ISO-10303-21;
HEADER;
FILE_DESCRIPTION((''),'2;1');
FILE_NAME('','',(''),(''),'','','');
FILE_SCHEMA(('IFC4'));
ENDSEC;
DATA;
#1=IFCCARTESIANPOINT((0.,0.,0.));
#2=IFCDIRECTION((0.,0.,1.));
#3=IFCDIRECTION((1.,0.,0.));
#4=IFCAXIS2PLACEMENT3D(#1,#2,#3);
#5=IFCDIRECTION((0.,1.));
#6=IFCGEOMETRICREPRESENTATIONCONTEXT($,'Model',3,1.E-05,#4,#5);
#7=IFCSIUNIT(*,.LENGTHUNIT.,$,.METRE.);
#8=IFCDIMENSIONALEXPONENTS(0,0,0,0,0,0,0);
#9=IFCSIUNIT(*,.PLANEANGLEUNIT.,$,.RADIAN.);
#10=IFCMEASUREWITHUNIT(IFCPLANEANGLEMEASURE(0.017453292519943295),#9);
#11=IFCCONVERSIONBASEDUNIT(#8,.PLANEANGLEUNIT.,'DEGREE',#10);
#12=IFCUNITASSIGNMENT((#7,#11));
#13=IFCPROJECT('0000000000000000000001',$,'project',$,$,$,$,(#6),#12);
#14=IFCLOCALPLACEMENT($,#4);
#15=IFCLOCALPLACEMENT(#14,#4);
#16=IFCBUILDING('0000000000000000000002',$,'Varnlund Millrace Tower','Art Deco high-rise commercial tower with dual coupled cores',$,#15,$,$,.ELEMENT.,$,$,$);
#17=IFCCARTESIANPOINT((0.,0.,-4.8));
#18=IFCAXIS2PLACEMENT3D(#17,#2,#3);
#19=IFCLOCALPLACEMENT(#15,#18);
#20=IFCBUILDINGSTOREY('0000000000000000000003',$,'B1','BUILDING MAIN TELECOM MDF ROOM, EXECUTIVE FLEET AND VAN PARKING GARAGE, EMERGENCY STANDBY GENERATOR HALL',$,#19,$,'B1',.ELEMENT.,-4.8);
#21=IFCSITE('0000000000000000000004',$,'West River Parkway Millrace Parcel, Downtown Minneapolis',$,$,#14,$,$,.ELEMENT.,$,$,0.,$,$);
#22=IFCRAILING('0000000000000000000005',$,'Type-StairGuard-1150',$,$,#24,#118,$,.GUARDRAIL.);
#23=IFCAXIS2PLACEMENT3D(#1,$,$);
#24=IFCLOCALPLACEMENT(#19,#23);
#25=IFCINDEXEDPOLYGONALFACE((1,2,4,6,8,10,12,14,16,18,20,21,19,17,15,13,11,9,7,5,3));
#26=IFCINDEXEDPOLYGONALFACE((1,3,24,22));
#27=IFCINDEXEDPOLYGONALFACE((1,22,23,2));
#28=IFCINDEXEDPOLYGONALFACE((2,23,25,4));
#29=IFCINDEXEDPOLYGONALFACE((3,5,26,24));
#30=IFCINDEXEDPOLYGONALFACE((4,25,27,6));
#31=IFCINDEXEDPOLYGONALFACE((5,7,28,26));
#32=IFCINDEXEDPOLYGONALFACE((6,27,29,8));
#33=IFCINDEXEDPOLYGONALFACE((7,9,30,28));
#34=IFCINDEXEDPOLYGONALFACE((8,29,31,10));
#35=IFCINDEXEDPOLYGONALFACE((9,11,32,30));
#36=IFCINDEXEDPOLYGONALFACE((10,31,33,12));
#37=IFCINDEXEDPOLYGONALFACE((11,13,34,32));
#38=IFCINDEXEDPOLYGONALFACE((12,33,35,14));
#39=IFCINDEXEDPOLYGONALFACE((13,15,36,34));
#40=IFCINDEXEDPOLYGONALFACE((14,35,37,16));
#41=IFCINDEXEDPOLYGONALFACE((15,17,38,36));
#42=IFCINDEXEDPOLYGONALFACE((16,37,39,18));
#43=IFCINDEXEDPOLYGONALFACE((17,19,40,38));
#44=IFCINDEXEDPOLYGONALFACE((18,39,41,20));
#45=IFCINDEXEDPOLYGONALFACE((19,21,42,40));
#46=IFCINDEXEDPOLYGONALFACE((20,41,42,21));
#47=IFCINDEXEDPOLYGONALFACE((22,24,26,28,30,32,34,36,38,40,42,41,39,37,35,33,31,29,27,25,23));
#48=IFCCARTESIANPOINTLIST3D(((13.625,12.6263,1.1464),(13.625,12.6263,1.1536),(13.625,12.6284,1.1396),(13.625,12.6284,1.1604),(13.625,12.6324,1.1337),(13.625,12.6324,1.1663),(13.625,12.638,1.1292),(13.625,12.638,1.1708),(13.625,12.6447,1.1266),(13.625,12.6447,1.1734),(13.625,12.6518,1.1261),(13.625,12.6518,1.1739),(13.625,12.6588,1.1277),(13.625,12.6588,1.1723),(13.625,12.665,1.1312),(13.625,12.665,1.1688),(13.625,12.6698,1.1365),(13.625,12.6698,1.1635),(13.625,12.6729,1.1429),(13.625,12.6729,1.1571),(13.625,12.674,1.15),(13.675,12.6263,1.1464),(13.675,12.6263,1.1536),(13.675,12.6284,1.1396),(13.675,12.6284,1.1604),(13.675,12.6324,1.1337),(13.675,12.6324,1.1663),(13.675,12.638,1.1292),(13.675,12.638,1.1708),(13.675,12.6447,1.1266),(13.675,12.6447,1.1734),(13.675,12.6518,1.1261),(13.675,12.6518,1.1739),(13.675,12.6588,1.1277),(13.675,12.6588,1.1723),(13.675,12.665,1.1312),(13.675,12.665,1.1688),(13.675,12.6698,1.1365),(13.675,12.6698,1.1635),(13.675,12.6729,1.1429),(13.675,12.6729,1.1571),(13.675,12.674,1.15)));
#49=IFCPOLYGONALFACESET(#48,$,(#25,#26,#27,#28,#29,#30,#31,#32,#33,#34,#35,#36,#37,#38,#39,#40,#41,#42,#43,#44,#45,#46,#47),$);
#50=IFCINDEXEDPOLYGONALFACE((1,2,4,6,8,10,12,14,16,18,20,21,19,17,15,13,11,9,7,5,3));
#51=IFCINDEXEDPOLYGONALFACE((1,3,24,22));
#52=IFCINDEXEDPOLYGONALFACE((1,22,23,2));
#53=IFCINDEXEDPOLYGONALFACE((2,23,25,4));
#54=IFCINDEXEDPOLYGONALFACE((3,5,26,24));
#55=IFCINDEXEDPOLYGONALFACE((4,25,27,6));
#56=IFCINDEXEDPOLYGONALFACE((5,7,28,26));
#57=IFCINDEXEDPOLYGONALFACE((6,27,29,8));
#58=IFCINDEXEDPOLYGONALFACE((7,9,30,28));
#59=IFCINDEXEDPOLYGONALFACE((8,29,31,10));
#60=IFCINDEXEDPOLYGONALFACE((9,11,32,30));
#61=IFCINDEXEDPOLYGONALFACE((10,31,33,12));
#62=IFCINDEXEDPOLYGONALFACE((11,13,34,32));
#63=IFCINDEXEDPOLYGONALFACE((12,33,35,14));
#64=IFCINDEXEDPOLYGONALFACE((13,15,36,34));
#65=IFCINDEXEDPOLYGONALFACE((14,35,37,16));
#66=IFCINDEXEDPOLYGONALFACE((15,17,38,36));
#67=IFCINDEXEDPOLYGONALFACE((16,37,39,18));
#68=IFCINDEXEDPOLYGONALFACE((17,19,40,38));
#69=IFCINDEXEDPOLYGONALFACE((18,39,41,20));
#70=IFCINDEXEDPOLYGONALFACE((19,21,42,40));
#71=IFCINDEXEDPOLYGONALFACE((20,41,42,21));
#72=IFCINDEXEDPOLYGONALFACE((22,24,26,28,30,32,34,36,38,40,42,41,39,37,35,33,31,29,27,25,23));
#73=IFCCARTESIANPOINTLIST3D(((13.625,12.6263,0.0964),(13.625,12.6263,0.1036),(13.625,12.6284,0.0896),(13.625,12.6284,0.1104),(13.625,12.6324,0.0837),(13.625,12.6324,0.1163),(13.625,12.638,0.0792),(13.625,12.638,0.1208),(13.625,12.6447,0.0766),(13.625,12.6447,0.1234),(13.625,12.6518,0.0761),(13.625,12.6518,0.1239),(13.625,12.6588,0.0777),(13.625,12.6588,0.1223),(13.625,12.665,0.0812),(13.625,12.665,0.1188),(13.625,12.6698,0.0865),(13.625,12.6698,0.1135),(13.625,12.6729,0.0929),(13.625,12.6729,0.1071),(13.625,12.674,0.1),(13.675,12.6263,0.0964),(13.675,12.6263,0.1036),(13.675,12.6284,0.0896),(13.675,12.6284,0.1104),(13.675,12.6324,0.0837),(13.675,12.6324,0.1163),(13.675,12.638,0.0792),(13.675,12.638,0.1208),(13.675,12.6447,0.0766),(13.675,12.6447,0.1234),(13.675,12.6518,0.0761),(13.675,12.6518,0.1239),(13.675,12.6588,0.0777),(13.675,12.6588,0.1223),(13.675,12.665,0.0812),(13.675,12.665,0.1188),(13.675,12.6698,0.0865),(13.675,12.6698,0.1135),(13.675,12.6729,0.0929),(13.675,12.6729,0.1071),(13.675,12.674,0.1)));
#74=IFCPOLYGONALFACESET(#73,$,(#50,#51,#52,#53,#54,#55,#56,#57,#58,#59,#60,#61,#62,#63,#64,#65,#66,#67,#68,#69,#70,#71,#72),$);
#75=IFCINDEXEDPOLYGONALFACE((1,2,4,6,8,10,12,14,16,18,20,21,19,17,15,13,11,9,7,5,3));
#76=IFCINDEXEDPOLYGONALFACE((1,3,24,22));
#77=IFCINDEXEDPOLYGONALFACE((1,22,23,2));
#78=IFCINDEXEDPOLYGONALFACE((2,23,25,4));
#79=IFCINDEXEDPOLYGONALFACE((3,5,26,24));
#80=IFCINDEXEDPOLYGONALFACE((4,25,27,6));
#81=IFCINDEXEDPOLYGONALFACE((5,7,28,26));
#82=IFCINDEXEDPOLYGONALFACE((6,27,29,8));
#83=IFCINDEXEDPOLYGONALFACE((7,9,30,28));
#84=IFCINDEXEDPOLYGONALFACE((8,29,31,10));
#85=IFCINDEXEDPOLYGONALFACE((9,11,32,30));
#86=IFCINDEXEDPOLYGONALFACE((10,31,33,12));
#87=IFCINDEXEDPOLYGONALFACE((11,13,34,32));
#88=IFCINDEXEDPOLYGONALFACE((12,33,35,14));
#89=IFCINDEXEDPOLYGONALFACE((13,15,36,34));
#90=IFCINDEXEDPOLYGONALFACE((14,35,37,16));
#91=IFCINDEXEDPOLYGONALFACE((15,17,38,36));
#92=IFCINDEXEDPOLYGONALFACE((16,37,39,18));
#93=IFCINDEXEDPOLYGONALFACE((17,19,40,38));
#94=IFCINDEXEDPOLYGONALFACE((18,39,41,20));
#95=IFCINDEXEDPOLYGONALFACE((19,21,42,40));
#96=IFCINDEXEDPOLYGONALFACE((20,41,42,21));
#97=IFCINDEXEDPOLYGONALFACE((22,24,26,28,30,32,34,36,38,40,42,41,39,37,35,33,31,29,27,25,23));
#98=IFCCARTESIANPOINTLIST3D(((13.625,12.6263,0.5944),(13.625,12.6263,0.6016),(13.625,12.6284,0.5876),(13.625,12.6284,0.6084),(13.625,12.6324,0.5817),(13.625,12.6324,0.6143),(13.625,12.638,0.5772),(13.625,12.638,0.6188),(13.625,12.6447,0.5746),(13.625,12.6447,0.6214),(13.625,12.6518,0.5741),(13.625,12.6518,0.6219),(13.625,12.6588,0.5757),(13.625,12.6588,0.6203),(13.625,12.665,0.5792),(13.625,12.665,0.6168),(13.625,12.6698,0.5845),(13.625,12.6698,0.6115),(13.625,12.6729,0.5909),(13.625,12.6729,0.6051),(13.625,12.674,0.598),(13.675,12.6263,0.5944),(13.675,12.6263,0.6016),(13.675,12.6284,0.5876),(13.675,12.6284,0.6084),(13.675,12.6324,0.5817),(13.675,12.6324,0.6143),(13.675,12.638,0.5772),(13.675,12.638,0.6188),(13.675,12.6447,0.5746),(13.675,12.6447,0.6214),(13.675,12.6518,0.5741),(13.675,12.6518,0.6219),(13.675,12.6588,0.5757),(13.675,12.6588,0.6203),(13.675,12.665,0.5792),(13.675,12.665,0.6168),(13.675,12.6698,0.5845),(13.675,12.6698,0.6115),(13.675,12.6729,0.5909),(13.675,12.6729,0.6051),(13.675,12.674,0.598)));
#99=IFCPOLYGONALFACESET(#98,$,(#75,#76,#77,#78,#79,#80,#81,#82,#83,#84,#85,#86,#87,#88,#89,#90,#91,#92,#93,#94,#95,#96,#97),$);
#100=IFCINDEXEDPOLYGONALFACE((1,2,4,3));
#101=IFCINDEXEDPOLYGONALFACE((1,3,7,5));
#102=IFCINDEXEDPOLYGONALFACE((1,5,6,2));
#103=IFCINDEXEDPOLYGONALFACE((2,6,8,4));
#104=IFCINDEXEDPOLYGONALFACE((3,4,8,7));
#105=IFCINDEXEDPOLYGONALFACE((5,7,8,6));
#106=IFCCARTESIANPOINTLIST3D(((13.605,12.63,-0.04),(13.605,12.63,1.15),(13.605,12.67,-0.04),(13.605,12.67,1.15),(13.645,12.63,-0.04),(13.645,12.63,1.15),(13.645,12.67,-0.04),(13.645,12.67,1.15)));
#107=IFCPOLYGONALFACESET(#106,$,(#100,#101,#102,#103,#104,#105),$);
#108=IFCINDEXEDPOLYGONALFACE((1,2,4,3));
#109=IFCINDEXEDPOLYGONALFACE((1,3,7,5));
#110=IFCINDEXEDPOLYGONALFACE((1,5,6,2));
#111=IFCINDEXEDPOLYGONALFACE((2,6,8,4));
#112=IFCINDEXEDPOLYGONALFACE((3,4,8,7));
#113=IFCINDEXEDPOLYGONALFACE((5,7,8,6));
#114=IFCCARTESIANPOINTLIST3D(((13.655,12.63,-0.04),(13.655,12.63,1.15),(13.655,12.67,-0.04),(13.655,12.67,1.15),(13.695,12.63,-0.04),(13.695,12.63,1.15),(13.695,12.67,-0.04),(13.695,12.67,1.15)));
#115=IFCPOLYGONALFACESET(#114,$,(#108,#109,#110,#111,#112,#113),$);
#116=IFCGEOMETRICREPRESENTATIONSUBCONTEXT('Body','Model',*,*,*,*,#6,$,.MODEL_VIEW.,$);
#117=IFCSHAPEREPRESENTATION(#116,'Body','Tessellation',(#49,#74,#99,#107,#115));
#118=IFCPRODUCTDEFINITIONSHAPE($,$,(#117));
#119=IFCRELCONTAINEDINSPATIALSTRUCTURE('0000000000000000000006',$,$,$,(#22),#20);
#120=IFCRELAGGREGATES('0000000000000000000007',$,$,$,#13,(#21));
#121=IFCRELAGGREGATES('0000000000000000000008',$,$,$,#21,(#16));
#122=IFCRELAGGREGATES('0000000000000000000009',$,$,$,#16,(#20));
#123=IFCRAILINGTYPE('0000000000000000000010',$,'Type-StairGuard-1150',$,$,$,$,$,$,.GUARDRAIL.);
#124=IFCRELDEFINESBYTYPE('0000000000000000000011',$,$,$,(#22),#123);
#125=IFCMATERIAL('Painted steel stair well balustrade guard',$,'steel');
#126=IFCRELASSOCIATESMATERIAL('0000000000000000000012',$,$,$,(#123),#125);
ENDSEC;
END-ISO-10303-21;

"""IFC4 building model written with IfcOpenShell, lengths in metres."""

from ifc_helpers import new_model, entity, si_unit, converted_unit, direction, frame, origin_with_axes, origin_2d_with_axis, place, context, subcontext, project, spatial, rectangle, circle, extrude, material, type_object, element, save


model = new_model("IFC4")

# Units and contexts
model_context = context("Model", 3, precision=1e-05, world=origin_with_axes(), true_north=direction((0.0, 1.0)))
body_context = subcontext(model_context, "Body", "Model", "MODEL_VIEW")
ifc_project = project(units=[si_unit("LENGTHUNIT", "METRE"), converted_unit("PLANEANGLEUNIT", "DEGREE", entity("IfcPlaneAngleMeasure", 0.017453292519943295), si_unit("PLANEANGLEUNIT", "RADIAN"), dimensions=[0, 0, 0, 0, 0, 0, 0])], contexts=[model_context])

# Site, building, storey
site_placement = place(None, origin_with_axes())
site = spatial("IfcSite", under=ifc_project, at=site_placement, Name="West River Parkway Millrace Parcel, Downtown Minneapolis", CompositionType="ELEMENT", RefElevation=0.0)
building_placement = place(site_placement, origin_with_axes())
building = spatial("IfcBuilding", under=site, at=building_placement, Name="Varnlund Millrace Tower", Description="Art Deco high-rise commercial tower with dual coupled cores", CompositionType="ELEMENT")
storey_placement = place(building_placement, frame((0.0, 0.0, -4.8), z_axis=(0.0, 0.0, 1.0), x_axis=(1.0, 0.0, 0.0)))
storey = spatial("IfcBuildingStorey", under=building, at=storey_placement, Name="B1", Description="BUILDING MAIN TELECOM MDF ROOM, EXECUTIVE FLEET AND VAN PARKING GARAGE, EMERGENCY STANDBY GENERATOR HALL", LongName="B1", CompositionType="ELEMENT", Elevation=-4.8)

# Railing
ifc_material_1 = material(Name="Painted steel stair well balustrade guard", Category="steel")
railing_type_1 = type_object("IfcRailingType", Name="Type-StairGuard-1150", PredefinedType="GUARDRAIL", material=ifc_material_1)
railing_1_placement = place(storey_placement, frame((0.0, 0.0, 4.8), z_axis=(0.0, 0.0, 1.0), x_axis=(1.0, 0.0, 0.0)))
element("IfcRailing", 1, at=railing_1_placement, inside=storey, type_object=railing_type_1, Name="Type-StairGuard-1150", PredefinedType="GUARDRAIL", context=body_context, shape_type="SweptSolid", body=[
    extrude(circle(Radius=0.024, at=origin_2d_with_axis()), frame((13.625, 12.65, -3.65), z_axis=(1.0, 0.0, 0.0), x_axis=(0.0, 1.0, 0.0)), (0.0, 0.0, 1.0), 0.05),
    extrude(circle(Radius=0.024, at=origin_2d_with_axis()), frame((13.625, 12.65, -4.7), z_axis=(1.0, 0.0, 0.0), x_axis=(0.0, 1.0, 0.0)), (0.0, 0.0, 1.0), 0.05),
    extrude(circle(Radius=0.024, at=origin_2d_with_axis()), frame((13.625, 12.65, -4.202), z_axis=(1.0, 0.0, 0.0), x_axis=(0.0, 1.0, 0.0)), (0.0, 0.0, 1.0), 0.05),
    extrude(rectangle(XDim=0.04, YDim=0.04, at=origin_2d_with_axis()), frame((13.625, 12.65, -4.84), z_axis=(0.0, 0.0, 1.0), x_axis=(1.0, 0.0, 0.0)), (0.0, 0.0, 1.0), 1.19),
    extrude(rectangle(XDim=0.04, YDim=0.04, at=origin_2d_with_axis()), frame((13.675, 12.65, -4.84), z_axis=(0.0, 0.0, 1.0), x_axis=(1.0, 0.0, 0.0)), (0.0, 0.0, 1.0), 1.19),
])

save(model, "model.ifc")
